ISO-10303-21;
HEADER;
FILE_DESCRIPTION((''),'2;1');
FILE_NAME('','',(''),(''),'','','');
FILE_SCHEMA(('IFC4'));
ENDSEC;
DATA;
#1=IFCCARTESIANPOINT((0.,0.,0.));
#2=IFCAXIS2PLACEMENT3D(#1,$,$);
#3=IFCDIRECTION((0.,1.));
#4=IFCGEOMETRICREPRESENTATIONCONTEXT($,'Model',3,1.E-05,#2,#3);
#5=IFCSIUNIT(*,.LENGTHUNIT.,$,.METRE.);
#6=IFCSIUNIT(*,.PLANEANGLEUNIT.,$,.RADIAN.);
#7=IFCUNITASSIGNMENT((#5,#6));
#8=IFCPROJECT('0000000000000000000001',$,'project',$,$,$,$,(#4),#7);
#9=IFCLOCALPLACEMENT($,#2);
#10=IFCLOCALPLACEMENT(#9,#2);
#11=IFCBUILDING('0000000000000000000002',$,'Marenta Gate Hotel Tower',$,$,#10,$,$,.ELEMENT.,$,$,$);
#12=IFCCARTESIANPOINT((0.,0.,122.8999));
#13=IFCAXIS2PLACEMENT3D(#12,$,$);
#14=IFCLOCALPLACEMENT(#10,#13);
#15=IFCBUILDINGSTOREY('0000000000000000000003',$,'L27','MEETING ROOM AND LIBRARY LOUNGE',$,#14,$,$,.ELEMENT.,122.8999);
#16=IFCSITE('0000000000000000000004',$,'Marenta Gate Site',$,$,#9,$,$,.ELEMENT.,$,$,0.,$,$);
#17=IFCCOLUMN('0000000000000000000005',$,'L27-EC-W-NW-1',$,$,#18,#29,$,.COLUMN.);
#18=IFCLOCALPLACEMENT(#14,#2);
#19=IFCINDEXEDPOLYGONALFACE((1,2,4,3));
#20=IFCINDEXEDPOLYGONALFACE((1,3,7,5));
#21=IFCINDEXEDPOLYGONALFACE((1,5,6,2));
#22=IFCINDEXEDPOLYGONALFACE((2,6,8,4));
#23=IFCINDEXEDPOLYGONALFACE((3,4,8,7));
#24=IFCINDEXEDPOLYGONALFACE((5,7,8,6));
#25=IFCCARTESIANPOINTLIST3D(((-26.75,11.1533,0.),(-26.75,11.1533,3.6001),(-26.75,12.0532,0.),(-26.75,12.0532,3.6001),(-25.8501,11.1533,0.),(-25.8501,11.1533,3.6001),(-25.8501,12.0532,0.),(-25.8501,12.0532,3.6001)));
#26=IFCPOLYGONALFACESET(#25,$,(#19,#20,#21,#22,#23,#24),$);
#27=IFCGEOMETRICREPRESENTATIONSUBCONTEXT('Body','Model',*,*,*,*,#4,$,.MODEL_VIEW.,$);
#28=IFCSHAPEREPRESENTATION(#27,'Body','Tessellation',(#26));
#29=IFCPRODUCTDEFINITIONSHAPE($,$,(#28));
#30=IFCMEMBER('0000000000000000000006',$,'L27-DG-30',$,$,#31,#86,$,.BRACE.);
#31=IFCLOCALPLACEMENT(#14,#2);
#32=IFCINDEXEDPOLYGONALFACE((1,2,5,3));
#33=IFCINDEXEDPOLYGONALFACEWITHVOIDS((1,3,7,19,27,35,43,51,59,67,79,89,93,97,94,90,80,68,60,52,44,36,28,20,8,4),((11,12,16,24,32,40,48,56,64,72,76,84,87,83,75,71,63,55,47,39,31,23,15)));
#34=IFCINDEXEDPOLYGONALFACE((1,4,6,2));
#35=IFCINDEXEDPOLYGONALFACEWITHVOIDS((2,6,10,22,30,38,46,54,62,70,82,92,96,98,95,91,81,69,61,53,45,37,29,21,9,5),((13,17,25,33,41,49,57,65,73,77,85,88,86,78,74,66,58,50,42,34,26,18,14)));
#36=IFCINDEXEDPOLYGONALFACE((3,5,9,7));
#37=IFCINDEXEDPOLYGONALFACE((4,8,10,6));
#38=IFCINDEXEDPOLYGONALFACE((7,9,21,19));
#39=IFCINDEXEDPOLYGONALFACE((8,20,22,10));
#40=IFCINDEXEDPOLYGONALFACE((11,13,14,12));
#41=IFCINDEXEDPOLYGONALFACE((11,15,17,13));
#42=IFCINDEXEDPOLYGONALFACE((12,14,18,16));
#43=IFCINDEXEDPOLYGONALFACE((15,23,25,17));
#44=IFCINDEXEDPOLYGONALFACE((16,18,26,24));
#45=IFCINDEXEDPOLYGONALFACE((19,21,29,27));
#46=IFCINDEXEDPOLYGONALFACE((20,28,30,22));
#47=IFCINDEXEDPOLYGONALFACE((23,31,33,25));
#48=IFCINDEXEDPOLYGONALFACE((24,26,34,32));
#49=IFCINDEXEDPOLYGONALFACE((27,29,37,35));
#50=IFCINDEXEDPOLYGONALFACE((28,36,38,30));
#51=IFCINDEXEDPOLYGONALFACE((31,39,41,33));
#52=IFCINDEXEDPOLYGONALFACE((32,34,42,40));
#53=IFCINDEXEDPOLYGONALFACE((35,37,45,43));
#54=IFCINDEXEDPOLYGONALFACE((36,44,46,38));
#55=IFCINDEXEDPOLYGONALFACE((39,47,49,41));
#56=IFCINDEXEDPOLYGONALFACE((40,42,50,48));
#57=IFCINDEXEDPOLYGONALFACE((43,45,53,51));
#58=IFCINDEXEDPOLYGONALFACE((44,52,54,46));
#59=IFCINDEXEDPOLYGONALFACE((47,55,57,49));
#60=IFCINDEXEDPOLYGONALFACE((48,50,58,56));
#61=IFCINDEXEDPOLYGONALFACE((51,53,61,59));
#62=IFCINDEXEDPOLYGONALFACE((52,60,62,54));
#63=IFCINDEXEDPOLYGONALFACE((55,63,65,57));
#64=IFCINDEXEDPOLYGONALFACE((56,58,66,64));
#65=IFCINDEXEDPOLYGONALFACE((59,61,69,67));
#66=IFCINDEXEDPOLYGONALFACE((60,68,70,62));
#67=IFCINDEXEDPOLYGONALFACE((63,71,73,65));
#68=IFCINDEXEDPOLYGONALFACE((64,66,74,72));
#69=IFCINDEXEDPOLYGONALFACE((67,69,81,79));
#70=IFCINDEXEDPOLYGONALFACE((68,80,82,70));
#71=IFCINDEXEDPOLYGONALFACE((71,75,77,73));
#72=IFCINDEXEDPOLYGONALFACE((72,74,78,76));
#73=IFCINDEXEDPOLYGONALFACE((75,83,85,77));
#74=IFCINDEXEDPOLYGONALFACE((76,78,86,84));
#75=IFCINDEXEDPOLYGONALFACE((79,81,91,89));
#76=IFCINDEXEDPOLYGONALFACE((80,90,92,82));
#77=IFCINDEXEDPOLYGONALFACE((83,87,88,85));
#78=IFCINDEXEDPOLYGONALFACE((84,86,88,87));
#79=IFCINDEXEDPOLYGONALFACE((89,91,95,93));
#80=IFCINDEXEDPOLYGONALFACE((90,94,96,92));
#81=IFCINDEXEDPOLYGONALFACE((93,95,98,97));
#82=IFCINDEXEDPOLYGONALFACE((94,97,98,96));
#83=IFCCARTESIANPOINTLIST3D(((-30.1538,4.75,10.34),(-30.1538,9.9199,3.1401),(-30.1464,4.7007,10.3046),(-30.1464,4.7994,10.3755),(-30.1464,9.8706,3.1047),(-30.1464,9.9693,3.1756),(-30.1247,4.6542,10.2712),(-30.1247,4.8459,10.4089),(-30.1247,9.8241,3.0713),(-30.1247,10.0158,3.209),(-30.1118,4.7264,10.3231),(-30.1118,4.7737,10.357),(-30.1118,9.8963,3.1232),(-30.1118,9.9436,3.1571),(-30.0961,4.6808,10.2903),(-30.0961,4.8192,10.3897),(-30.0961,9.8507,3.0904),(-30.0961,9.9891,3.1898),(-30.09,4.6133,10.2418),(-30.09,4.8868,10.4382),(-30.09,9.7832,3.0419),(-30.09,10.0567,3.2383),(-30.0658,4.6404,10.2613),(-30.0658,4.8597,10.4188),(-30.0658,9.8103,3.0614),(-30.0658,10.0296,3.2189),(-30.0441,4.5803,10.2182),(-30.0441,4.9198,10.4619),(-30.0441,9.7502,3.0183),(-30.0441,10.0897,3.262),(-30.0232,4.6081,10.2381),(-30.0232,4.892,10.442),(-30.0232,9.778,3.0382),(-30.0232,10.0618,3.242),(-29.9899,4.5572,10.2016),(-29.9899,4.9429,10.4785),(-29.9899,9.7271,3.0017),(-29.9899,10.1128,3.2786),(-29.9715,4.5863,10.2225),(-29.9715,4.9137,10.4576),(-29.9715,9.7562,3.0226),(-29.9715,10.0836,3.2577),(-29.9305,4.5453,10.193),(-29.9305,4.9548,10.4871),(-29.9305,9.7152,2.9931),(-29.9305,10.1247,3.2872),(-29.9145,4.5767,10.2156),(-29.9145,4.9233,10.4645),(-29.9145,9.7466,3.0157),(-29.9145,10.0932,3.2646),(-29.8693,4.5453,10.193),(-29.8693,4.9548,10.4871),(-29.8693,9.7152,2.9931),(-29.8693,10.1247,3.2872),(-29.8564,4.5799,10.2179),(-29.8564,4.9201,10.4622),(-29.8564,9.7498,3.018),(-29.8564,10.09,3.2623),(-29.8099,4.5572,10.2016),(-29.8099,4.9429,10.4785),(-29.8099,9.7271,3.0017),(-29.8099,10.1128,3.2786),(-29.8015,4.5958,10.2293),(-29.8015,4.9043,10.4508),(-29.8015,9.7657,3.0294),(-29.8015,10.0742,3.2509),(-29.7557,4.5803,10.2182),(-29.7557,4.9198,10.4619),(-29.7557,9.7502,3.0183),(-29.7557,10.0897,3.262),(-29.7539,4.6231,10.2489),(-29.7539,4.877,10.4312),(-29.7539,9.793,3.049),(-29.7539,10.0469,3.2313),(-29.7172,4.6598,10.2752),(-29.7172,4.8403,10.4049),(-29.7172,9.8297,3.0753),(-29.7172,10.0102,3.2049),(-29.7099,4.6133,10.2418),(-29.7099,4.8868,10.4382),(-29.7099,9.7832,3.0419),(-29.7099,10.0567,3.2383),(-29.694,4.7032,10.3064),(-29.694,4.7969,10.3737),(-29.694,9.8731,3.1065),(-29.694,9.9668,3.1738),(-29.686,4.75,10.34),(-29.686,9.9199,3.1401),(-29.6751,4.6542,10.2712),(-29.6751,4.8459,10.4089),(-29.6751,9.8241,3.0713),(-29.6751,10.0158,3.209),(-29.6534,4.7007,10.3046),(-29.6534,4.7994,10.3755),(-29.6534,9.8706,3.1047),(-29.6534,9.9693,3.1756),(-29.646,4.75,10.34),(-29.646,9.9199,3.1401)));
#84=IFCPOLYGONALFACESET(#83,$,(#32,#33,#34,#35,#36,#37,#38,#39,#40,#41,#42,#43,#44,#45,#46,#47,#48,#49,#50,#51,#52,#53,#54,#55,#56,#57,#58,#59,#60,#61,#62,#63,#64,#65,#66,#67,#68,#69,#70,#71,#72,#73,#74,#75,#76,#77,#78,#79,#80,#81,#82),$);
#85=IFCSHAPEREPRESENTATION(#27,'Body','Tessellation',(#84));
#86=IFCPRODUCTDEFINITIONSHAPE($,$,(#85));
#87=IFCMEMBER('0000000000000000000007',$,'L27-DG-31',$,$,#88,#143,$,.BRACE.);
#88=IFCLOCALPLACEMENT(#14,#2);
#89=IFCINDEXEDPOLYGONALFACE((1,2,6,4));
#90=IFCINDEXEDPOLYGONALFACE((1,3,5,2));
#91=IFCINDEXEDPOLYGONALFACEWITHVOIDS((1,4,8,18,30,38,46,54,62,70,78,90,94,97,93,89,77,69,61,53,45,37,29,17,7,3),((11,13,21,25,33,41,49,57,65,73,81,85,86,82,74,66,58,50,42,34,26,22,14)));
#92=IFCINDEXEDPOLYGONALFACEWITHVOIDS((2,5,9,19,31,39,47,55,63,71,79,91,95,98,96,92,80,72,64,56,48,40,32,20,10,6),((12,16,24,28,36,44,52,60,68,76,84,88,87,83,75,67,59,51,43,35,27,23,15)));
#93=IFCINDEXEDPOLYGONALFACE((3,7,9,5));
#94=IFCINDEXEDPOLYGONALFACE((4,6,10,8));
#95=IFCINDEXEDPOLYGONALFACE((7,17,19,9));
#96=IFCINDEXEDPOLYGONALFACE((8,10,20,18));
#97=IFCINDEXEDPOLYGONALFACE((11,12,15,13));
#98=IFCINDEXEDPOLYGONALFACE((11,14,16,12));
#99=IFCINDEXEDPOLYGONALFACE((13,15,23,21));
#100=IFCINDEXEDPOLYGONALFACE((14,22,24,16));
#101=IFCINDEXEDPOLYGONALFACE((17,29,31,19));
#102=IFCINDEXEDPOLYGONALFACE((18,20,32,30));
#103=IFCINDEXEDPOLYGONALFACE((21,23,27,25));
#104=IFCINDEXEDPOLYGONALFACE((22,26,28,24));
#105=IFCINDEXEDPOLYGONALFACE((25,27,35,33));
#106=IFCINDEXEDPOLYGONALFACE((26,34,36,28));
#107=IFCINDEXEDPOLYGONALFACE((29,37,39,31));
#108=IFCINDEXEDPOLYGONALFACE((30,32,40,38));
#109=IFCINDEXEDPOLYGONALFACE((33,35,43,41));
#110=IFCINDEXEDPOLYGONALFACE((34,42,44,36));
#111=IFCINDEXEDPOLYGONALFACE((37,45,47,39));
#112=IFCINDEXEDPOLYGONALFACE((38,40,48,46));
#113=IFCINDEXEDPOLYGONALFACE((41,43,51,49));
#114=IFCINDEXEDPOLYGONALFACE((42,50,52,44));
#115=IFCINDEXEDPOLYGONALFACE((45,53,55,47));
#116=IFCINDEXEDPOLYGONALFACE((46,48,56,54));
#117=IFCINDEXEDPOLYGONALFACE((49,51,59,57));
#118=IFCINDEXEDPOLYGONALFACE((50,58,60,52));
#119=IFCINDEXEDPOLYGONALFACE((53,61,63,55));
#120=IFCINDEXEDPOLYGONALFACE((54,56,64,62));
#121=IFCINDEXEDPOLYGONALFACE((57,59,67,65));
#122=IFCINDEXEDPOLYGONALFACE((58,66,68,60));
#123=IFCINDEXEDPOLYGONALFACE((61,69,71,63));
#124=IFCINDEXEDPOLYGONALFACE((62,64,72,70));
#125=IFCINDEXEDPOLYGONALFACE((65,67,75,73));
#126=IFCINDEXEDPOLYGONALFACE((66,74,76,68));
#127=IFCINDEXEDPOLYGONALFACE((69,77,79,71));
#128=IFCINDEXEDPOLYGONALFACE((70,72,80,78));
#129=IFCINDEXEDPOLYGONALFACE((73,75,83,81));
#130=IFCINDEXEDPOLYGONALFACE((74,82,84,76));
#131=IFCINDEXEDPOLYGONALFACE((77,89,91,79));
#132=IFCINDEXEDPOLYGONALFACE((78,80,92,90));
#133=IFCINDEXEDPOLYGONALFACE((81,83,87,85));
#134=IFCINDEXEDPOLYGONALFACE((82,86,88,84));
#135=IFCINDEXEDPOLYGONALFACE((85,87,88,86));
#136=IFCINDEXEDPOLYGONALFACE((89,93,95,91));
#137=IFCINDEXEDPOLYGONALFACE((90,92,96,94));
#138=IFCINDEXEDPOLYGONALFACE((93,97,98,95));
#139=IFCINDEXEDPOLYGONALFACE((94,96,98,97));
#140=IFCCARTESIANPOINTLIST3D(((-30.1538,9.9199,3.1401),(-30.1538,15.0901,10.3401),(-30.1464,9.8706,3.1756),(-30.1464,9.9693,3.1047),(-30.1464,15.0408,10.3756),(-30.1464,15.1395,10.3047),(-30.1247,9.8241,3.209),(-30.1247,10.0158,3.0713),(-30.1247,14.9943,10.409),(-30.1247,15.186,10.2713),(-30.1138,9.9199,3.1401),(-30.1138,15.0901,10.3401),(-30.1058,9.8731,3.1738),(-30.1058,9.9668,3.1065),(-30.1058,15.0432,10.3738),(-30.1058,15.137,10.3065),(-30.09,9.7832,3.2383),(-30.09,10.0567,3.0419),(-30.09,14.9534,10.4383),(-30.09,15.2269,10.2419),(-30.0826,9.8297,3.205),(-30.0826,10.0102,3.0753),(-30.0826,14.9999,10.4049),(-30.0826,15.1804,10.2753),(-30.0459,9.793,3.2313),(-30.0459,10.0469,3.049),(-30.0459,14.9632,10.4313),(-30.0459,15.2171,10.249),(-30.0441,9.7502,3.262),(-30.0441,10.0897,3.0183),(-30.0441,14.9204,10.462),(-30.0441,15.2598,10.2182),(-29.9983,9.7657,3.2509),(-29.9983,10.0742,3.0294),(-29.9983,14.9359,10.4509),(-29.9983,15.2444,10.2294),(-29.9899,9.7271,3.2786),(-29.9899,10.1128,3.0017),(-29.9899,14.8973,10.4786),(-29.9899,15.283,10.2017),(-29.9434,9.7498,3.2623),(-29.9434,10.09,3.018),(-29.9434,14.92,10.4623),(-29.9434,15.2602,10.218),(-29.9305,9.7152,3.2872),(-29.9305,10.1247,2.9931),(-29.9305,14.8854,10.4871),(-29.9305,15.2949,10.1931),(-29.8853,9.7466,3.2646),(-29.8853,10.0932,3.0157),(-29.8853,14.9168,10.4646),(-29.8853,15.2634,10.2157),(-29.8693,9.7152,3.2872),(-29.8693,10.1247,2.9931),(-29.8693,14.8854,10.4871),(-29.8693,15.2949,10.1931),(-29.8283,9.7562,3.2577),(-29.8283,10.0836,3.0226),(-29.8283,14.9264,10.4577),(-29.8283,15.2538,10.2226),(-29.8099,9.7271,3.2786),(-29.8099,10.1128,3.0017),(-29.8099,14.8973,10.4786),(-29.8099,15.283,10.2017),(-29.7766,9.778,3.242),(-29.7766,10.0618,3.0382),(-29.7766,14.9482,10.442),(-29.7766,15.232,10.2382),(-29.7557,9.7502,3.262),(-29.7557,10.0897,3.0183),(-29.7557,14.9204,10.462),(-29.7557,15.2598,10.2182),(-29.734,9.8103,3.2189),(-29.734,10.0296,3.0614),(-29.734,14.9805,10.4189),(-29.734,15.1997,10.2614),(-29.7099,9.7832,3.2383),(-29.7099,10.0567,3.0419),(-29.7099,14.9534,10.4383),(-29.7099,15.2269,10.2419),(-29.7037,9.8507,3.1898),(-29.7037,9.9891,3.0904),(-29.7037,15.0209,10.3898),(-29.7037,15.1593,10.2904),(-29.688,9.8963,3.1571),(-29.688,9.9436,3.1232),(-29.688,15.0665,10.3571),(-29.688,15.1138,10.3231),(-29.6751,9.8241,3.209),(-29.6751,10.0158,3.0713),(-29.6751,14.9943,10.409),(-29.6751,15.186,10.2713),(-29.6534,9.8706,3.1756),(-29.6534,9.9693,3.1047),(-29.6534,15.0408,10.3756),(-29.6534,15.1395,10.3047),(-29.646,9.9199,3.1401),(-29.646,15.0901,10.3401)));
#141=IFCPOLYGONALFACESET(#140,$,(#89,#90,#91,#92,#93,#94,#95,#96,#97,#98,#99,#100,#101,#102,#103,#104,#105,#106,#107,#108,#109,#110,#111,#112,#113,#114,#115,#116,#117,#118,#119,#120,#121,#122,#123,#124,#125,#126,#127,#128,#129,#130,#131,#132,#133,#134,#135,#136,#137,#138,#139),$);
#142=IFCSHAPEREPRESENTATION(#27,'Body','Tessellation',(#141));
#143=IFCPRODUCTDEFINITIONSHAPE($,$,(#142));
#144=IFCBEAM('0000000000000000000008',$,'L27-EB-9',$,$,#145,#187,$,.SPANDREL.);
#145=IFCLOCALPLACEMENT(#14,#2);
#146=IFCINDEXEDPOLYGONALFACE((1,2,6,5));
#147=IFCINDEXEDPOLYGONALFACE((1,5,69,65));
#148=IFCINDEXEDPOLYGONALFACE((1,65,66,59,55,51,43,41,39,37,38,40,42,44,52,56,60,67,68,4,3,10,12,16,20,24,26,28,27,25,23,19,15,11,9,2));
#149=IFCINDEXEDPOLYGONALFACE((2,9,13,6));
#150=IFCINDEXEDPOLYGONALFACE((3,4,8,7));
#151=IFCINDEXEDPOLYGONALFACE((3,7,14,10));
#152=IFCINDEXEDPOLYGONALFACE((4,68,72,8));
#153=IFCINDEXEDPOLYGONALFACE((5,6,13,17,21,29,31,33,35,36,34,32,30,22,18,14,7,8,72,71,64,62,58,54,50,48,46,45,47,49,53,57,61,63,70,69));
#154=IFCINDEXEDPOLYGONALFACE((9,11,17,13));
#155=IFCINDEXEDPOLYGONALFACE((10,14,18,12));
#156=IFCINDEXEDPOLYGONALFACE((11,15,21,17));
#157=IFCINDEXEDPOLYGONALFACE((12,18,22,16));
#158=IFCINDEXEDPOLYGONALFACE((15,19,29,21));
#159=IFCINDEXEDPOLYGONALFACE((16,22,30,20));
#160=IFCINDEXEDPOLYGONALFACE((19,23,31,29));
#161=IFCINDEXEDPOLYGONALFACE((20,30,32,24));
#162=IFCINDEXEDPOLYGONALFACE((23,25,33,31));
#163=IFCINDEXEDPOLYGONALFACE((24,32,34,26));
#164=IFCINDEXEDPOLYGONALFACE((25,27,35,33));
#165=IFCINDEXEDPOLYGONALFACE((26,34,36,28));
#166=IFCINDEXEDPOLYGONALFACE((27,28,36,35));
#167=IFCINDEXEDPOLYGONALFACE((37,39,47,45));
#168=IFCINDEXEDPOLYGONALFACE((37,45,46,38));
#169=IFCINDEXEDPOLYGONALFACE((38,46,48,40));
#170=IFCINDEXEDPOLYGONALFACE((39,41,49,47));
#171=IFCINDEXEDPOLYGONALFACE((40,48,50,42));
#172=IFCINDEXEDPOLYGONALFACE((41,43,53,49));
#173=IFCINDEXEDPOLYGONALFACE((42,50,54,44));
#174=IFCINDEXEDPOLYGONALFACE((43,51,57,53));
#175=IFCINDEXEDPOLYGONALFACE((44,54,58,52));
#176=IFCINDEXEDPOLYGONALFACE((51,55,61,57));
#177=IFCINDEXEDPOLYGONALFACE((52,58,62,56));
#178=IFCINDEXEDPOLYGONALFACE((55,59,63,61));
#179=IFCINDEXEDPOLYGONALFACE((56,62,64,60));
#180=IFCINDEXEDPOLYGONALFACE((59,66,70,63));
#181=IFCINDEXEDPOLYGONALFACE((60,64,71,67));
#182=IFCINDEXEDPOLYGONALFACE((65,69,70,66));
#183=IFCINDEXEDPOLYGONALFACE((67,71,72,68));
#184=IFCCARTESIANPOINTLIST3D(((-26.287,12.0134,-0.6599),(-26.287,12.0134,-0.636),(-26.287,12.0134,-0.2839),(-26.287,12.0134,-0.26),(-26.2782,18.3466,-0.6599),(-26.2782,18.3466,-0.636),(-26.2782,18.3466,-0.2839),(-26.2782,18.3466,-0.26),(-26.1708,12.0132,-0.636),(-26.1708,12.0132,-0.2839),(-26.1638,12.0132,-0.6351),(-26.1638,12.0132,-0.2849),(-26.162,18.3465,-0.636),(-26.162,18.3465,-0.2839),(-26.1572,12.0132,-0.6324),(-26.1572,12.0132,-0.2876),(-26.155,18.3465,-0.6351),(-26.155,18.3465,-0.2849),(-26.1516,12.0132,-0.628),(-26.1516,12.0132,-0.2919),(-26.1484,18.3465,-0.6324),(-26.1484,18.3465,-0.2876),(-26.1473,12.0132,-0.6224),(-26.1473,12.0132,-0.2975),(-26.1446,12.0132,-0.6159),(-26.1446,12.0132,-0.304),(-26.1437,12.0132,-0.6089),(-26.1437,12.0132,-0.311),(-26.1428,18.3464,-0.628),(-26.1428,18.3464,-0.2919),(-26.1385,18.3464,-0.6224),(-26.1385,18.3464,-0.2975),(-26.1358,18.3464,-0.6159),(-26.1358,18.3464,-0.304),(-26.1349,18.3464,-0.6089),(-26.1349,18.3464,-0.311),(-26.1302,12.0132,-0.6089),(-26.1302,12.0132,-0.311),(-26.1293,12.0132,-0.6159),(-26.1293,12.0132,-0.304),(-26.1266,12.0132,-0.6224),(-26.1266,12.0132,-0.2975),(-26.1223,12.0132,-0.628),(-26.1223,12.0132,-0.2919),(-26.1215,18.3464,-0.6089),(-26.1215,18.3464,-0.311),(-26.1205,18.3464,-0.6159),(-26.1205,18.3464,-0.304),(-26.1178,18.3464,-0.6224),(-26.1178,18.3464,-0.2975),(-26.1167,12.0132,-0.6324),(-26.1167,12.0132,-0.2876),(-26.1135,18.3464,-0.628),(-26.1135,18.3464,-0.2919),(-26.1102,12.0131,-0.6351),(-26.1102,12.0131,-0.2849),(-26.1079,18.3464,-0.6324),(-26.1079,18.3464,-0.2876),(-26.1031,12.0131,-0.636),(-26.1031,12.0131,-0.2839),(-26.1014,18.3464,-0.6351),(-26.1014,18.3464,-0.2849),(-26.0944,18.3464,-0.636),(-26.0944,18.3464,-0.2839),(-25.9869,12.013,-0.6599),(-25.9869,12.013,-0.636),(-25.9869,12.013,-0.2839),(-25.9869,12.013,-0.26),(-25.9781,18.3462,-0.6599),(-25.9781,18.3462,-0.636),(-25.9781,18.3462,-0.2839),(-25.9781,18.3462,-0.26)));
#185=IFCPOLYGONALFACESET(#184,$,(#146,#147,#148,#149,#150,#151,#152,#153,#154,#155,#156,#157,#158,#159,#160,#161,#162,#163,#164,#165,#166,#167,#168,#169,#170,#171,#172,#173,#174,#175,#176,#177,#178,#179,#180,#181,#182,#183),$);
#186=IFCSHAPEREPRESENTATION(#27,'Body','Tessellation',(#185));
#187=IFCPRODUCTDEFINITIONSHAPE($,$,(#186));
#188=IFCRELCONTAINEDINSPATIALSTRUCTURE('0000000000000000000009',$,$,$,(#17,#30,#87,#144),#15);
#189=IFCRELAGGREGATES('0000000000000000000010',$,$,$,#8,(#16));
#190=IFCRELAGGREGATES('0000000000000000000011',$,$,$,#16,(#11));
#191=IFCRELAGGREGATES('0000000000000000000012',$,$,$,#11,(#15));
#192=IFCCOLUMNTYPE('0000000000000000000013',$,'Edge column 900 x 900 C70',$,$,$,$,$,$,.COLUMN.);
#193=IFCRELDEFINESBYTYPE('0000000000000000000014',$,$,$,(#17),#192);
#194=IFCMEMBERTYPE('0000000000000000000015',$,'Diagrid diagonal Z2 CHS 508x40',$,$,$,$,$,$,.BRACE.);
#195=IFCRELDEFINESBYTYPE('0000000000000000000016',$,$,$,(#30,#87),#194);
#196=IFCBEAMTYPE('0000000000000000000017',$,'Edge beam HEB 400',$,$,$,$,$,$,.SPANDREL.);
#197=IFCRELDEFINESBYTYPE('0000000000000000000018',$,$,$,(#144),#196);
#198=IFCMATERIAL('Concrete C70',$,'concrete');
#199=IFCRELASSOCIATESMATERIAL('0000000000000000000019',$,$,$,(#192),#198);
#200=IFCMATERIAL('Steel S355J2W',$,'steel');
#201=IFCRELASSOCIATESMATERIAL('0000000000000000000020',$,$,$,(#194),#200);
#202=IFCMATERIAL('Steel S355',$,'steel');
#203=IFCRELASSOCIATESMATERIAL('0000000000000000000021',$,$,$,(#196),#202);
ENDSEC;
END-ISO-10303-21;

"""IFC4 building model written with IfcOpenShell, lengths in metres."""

from ifc_helpers import new_model, si_unit, direction, frame, origin, origin_2d, place, context, subcontext, project, spatial, rectangle, hollow_circle, i_section, extrude, material, material_profile, profile_set, type_object, element, save


model = new_model("IFC4")

# Units and contexts
model_context = context("Model", 3, precision=1e-05, world=origin(), true_north=direction((0.0, 1.0)))
body_context = subcontext(model_context, "Body", "Model", "MODEL_VIEW")
ifc_project = project(units=[si_unit("LENGTHUNIT", "METRE"), si_unit("PLANEANGLEUNIT", "RADIAN")], contexts=[model_context])

# Site, building, storey
site_placement = place(None, origin())
site = spatial("IfcSite", under=ifc_project, at=site_placement, Name="Marenta Gate Site", CompositionType="ELEMENT", RefElevation=0.0)
building_placement = place(site_placement, origin())
building = spatial("IfcBuilding", under=site, at=building_placement, Name="Marenta Gate Hotel Tower", CompositionType="ELEMENT")
storey_placement = place(building_placement, frame((0.0, 0.0, 122.8999)))
storey = spatial("IfcBuildingStorey", under=building, at=storey_placement, Name="L27", Description="MEETING ROOM AND LIBRARY LOUNGE", CompositionType="ELEMENT", Elevation=122.8999)

# Column
ifc_material_1 = material(Name="Concrete C70", Category="concrete")
ifc_material_profile_1 = material_profile(ifc_material_1, rectangle(XDim=0.8999, YDim=0.8999, at=origin_2d()), Name="900 x 900")
ifc_profile_set_1 = profile_set([ifc_material_profile_1], Name="Concrete C70")
column_type = type_object("IfcColumnType", Name="Edge column 900 x 900 C70", PredefinedType="COLUMN", material=ifc_profile_set_1)
column_placement = place(storey_placement, frame((-26.3, 11.6033, 0.0), z_axis=(0.0, 0.0, 1.0), x_axis=(1.0, 0.0, 0.0)))
element("IfcColumn", 1, at=column_placement, inside=storey, type_object=column_type, Name="L27-EC-W-NW-1", PredefinedType="COLUMN", context=body_context, shape_type="SweptSolid", body=[
    extrude(rectangle(XDim=0.8999, YDim=0.8999, at=origin_2d()), origin(), (0.0, 0.0, 1.0), 3.6001),
])

# Members
ifc_material_2 = material(Name="Steel S355J2W", Category="steel")
ifc_material_profile_2 = material_profile(ifc_material_2, hollow_circle(Radius=0.2539, WallThickness=0.04, at=origin_2d()), Name="CHS 508x40")
ifc_profile_set_2 = profile_set([ifc_material_profile_2], Name="Steel S355J2W")
member_type_1 = type_object("IfcMemberType", Name="Diagrid diagonal Z2 CHS 508x40", PredefinedType="BRACE", material=ifc_profile_set_2)
member_1_placement = place(storey_placement, frame((-29.8999, 9.9199, 3.1401), z_axis=(0.0, -0.583261, 0.812285), x_axis=(1.0, 0.0, 0.0)))
element("IfcMember", 2, at=member_1_placement, inside=storey, type_object=member_type_1, Name="L27-DG-30", PredefinedType="BRACE", context=body_context, shape_type="SweptSolid", body=[
    extrude(hollow_circle(Radius=0.2539, WallThickness=0.04, at=origin_2d()), origin(), (0.0, 0.0, 1.0), 8.8638),
])
member_2_placement = place(storey_placement, frame((-29.8999, 9.9199, 3.1401), z_axis=(0.0, 0.583279, 0.812272), x_axis=(-1.0, 0.0, 0.0)))
element("IfcMember", 3, at=member_2_placement, inside=storey, type_object=member_type_1, Name="L27-DG-31", PredefinedType="BRACE", context=body_context, shape_type="SweptSolid", body=[
    extrude(hollow_circle(Radius=0.2539, WallThickness=0.04, at=origin_2d()), origin(), (0.0, 0.0, 1.0), 8.864),
])

# Beam
ifc_material_3 = material(Name="Steel S355", Category="steel")
ifc_material_profile_3 = material_profile(ifc_material_3, i_section(OverallWidth=0.3, OverallDepth=0.3999, WebThickness=0.0134, FlangeThickness=0.0239, FilletRadius=0.0271, at=origin_2d()), Name="HEB 400")
ifc_profile_set_3 = profile_set([ifc_material_profile_3], Name="Steel S355")
beam_type = type_object("IfcBeamType", Name="Edge beam HEB 400", PredefinedType="SPANDREL", material=ifc_profile_set_3)
beam_placement = place(storey_placement, frame((-26.137, 12.0132, -0.46), z_axis=(0.001388, 0.999999, 0.0), x_axis=(-0.999999, 0.001388, 0.0)))
element("IfcBeam", 4, at=beam_placement, inside=storey, type_object=beam_type, Name="L27-EB-9", PredefinedType="SPANDREL", context=body_context, shape_type="SweptSolid", body=[
    extrude(i_section(OverallWidth=0.3, OverallDepth=0.3999, WebThickness=0.0134, FlangeThickness=0.0239, FilletRadius=0.0271, at=origin_2d()), origin(), (0.0, 0.0, 1.0), 6.3333),
])

save(model, "model.ifc")
